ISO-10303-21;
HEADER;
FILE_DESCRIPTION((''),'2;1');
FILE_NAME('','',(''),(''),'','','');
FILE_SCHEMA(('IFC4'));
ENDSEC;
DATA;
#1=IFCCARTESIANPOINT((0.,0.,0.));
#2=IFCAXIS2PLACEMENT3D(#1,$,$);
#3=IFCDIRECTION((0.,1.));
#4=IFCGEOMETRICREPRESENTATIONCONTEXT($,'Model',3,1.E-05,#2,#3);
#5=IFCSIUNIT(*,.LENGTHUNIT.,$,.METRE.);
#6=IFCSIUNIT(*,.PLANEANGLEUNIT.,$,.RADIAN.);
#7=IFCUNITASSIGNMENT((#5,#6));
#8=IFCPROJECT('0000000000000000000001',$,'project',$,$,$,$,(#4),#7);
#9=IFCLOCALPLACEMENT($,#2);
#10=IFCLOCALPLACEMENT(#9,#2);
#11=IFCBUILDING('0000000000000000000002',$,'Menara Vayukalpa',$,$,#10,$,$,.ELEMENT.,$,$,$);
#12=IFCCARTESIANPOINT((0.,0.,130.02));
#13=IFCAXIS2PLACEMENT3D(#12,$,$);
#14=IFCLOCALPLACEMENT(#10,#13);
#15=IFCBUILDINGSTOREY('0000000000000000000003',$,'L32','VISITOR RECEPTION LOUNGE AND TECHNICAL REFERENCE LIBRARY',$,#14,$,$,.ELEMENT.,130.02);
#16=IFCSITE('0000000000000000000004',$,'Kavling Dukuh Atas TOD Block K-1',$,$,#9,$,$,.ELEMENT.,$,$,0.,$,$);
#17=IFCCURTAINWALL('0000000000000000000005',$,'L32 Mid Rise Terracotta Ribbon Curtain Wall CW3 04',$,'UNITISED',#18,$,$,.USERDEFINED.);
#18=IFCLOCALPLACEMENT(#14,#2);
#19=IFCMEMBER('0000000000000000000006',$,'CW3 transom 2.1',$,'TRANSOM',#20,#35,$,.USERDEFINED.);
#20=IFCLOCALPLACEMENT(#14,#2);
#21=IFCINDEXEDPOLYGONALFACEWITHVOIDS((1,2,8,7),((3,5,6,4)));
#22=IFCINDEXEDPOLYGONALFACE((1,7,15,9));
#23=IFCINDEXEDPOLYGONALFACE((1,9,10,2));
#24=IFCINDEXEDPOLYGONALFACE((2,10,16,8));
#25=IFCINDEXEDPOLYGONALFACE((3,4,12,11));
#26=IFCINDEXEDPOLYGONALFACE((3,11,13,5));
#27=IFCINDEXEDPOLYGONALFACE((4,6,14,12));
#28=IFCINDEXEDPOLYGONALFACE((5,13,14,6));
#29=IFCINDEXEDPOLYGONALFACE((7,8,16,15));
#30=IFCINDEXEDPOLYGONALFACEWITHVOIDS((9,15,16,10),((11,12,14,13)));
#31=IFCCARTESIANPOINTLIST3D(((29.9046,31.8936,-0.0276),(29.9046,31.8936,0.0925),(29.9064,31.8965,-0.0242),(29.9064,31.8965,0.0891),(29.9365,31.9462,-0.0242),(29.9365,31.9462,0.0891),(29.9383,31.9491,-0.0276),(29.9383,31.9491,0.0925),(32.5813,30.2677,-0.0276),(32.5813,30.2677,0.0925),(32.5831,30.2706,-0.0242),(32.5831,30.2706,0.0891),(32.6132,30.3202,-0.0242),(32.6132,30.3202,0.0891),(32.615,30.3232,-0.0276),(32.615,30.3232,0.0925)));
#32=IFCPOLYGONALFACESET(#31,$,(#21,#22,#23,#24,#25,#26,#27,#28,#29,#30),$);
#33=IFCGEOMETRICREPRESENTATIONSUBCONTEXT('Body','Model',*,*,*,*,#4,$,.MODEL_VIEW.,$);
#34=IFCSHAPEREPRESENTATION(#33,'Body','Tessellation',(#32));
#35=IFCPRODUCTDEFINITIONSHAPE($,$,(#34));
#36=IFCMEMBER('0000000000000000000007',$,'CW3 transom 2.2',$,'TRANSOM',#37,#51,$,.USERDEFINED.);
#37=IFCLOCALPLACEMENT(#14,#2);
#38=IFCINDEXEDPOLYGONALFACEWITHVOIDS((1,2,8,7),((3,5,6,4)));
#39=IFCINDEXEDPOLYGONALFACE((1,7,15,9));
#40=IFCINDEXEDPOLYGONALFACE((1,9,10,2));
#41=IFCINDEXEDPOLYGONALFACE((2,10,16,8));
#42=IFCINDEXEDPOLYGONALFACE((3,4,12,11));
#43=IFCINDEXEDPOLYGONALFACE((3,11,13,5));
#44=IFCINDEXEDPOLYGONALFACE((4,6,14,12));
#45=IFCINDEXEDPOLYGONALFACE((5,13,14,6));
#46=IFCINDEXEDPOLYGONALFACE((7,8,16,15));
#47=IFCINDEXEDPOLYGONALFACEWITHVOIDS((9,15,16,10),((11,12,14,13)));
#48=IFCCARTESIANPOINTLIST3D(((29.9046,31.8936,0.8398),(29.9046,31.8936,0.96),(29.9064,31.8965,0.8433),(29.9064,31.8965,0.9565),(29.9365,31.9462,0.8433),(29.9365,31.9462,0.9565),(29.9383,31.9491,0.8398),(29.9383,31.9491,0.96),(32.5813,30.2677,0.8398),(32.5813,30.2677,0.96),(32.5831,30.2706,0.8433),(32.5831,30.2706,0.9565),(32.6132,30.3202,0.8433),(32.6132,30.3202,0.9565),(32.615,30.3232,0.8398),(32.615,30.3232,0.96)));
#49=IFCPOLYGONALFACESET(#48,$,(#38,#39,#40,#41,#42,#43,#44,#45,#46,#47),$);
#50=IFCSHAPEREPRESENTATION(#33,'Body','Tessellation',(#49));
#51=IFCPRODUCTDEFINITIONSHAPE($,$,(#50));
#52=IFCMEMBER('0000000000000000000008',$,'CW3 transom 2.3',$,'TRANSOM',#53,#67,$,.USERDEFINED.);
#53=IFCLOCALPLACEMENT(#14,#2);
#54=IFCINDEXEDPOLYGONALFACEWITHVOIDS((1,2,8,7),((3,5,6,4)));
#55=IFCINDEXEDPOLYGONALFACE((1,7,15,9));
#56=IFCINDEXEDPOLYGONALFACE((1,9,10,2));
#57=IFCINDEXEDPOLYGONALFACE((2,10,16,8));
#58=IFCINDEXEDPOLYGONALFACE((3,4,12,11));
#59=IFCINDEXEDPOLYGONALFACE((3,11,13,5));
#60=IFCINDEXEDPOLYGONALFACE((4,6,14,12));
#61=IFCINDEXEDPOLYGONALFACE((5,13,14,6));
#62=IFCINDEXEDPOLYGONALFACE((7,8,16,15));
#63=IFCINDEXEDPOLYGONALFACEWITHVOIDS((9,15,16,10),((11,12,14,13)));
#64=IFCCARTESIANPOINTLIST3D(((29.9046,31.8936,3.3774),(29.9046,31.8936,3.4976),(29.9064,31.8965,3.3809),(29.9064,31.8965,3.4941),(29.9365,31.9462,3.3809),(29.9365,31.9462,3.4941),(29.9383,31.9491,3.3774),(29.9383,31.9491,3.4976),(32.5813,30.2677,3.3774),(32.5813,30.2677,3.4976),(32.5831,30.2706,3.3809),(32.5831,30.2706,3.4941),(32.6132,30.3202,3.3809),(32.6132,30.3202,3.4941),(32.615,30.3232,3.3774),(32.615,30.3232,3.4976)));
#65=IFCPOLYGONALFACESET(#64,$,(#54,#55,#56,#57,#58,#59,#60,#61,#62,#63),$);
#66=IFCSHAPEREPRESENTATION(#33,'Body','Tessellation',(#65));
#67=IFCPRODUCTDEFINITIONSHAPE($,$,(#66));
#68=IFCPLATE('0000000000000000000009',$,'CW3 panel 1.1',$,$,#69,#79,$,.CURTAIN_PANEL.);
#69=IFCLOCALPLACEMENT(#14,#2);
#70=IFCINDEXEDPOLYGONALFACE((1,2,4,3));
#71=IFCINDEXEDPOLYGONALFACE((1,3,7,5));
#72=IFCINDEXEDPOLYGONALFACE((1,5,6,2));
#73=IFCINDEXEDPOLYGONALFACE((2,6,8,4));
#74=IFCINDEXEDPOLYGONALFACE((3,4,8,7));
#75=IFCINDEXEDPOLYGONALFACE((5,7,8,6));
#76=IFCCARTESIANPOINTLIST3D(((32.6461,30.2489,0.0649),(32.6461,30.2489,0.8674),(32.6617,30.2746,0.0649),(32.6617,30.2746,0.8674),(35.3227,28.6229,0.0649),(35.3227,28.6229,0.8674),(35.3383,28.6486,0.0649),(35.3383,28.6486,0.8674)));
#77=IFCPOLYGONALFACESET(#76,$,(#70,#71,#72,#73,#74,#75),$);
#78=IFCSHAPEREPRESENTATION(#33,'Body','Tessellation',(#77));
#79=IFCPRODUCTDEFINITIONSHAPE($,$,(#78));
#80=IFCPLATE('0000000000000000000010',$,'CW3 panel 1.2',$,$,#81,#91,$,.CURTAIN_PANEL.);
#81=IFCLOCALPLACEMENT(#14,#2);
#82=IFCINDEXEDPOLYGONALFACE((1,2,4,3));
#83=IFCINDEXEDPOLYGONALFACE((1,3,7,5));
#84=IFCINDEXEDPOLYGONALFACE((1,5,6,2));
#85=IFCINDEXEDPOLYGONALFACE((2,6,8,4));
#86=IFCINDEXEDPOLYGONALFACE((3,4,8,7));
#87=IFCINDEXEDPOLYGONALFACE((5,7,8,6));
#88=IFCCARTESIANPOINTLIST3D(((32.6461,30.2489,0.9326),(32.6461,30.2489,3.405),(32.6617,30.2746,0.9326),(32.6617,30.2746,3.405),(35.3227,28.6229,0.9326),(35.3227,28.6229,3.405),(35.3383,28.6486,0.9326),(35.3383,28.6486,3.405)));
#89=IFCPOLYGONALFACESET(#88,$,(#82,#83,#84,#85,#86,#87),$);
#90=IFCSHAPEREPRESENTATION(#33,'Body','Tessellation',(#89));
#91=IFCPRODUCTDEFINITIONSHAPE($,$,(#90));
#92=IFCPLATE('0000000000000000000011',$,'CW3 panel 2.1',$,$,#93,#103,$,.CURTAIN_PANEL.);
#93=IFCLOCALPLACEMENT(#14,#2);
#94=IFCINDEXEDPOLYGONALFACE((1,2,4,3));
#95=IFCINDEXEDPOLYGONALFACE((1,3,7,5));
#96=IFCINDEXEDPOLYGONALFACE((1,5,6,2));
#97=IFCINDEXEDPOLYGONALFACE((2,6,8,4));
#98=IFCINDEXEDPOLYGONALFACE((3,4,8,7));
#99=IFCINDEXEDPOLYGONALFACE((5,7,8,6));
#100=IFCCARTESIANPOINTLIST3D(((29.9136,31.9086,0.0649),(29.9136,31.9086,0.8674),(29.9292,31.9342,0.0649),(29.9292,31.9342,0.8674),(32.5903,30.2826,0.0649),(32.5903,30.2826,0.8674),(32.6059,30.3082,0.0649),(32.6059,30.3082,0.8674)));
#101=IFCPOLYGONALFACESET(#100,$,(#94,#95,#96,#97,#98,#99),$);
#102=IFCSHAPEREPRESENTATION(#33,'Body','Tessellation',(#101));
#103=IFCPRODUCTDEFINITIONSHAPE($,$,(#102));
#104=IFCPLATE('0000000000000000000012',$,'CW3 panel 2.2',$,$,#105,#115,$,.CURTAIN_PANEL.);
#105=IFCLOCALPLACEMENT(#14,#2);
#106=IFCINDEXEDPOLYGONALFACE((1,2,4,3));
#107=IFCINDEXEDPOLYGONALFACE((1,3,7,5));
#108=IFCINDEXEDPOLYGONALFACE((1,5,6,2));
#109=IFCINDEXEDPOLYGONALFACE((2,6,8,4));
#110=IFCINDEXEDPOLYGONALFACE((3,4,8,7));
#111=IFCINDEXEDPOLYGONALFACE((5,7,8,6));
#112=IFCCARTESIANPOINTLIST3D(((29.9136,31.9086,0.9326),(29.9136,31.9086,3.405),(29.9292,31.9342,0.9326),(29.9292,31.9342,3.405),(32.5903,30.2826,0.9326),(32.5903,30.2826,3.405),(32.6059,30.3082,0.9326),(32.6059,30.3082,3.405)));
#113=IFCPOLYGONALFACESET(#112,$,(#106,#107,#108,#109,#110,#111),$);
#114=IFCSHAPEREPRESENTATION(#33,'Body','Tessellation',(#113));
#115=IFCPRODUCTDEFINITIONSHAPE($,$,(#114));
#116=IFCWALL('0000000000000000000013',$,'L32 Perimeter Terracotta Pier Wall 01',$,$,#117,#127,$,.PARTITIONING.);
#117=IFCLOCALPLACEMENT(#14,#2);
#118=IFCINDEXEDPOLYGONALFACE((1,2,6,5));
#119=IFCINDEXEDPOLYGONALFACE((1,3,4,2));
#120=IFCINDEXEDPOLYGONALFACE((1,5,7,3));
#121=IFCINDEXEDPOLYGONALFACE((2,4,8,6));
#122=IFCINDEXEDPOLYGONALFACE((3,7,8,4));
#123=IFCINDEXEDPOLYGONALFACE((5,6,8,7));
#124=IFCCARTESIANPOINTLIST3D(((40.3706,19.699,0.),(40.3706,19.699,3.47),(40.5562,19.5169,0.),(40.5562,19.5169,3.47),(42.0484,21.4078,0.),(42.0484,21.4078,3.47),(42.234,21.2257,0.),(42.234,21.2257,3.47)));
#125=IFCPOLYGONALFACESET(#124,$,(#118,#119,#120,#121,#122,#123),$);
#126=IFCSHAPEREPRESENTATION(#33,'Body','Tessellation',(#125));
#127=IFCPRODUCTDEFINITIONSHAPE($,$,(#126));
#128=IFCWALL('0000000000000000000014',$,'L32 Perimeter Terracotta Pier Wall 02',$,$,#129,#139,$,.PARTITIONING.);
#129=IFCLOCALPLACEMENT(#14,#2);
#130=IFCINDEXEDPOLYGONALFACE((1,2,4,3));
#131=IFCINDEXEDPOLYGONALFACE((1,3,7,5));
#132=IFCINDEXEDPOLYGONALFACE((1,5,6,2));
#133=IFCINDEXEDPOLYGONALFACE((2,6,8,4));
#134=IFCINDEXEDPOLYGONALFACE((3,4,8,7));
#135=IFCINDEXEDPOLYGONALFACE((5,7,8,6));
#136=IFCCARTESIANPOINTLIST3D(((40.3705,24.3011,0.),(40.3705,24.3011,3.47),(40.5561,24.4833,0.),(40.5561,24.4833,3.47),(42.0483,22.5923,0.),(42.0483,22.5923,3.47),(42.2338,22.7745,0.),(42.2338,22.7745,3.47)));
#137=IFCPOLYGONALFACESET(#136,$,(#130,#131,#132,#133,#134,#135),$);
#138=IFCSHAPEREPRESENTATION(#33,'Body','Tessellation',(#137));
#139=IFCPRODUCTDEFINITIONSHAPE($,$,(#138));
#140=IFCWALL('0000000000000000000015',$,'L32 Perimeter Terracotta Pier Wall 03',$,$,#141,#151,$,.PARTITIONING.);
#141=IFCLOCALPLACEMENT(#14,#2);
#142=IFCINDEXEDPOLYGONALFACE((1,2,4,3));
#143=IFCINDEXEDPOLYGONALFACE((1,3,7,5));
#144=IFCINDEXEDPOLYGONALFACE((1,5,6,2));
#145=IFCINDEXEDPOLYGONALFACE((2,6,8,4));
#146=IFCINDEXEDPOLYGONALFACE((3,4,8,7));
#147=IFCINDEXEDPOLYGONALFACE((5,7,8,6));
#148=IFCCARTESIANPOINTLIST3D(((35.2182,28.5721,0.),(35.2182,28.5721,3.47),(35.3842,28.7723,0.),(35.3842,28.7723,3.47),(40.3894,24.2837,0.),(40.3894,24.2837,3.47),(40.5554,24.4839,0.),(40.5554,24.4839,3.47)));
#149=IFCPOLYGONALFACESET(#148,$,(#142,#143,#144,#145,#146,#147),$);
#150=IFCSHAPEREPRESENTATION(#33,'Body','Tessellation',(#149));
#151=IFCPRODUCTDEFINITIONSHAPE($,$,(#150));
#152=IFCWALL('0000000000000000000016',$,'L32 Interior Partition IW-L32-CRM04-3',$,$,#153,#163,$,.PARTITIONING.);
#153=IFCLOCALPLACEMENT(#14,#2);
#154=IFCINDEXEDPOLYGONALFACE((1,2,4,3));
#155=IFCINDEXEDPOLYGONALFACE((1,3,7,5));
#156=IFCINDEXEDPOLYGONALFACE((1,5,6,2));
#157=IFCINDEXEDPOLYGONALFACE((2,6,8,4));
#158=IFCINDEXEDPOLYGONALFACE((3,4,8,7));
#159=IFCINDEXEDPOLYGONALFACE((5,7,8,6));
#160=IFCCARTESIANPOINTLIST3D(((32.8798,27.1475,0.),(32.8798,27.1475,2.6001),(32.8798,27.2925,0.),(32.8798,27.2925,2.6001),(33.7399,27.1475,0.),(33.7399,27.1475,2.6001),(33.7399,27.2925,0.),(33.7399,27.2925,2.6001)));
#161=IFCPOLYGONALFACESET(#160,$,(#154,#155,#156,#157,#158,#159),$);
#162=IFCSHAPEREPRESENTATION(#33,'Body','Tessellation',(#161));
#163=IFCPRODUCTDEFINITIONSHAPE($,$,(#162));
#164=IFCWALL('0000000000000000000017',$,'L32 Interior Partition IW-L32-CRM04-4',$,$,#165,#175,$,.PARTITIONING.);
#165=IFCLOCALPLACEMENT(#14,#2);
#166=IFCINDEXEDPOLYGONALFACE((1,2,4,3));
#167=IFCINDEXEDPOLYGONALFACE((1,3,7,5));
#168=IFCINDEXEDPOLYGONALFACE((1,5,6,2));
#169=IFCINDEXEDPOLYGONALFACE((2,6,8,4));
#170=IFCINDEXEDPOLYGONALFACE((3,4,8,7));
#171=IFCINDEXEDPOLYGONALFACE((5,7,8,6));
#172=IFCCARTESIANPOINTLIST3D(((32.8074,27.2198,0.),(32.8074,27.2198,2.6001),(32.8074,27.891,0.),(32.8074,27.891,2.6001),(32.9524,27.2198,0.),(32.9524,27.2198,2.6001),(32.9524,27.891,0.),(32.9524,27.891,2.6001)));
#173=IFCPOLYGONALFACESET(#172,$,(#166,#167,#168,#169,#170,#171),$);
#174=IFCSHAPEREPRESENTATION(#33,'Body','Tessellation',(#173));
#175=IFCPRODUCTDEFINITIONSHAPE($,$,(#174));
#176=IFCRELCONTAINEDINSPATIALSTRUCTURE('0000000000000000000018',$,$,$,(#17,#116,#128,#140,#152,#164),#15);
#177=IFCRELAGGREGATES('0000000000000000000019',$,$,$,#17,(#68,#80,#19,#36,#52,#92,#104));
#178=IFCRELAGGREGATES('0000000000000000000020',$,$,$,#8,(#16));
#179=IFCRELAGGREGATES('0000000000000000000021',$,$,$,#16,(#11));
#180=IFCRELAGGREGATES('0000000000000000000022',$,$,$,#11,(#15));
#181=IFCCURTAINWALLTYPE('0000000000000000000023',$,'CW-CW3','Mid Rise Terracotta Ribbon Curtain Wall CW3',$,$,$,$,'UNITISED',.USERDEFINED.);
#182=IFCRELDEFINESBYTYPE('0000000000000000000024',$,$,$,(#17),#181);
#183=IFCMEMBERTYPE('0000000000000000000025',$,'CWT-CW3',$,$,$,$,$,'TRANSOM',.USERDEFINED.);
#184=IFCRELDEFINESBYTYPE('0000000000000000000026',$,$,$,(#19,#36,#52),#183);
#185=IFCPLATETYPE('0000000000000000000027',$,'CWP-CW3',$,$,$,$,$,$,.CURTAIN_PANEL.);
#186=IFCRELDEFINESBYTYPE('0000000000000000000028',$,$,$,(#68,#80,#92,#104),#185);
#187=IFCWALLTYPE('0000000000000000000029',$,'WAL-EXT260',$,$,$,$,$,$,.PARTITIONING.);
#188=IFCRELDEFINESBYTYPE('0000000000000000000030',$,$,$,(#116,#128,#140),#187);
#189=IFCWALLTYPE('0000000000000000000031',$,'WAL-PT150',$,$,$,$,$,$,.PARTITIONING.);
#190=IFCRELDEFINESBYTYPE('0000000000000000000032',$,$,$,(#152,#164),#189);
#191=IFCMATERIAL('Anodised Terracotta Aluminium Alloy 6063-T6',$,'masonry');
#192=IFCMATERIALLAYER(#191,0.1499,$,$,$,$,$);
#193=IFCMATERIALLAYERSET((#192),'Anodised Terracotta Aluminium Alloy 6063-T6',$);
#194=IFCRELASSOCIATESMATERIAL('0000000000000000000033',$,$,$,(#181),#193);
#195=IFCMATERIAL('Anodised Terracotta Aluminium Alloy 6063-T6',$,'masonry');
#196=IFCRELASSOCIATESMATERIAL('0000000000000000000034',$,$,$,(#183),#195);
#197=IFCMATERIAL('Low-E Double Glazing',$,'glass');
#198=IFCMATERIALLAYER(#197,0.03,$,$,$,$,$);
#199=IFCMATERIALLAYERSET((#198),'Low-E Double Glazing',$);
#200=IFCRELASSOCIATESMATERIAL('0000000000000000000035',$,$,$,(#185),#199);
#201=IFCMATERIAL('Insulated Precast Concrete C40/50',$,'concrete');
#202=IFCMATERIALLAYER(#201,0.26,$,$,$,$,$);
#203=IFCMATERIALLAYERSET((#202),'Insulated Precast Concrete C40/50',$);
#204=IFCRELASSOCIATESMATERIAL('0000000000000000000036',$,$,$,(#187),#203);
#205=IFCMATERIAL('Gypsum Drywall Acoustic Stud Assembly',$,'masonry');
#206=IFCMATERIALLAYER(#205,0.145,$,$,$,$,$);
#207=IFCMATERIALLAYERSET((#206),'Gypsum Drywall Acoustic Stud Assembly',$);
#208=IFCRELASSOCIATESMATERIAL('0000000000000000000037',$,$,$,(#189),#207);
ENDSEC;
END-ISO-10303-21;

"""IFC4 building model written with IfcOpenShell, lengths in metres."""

from ifc_helpers import new_model, si_unit, direction, frame, frame_2d, origin, origin_2d, place, context, subcontext, project, spatial, rectangle, hollow_rectangle, extrude, material, layer, layer_set, material_profile, profile_set, type_object, element, aggregate, save


model = new_model("IFC4")

# Units and contexts
model_context = context("Model", 3, precision=1e-05, world=origin(), true_north=direction((0.0, 1.0)))
body_context = subcontext(model_context, "Body", "Model", "MODEL_VIEW")
ifc_project = project(units=[si_unit("LENGTHUNIT", "METRE"), si_unit("PLANEANGLEUNIT", "RADIAN")], contexts=[model_context])

# Site, building, storey
site_placement = place(None, origin())
site = spatial("IfcSite", under=ifc_project, at=site_placement, Name="Kavling Dukuh Atas TOD Block K-1", CompositionType="ELEMENT", RefElevation=0.0)
building_placement = place(site_placement, origin())
building = spatial("IfcBuilding", under=site, at=building_placement, Name="Menara Vayukalpa", CompositionType="ELEMENT")
storey_placement = place(building_placement, frame((0.0, 0.0, 130.02)))
storey = spatial("IfcBuildingStorey", under=building, at=storey_placement, Name="L32", Description="VISITOR RECEPTION LOUNGE AND TECHNICAL REFERENCE LIBRARY", CompositionType="ELEMENT", Elevation=130.02)

# Curtain wall, members, plates
ifc_material_1 = material(Name="Anodised Terracotta Aluminium Alloy 6063-T6", Category="masonry")
ifc_layer_1 = layer(ifc_material_1, 0.1499)
ifc_layer_set_1 = layer_set([ifc_layer_1], Name="Anodised Terracotta Aluminium Alloy 6063-T6")
curtain_wall_type = type_object("IfcCurtainWallType", Name="CW-CW3", Description="Mid Rise Terracotta Ribbon Curtain Wall CW3", ElementType="UNITISED", PredefinedType="USERDEFINED", material=ifc_layer_set_1)
curtain_wall_placement = place(storey_placement, origin())
curtain_wall = element("IfcCurtainWall", 1, at=curtain_wall_placement, inside=storey, type_object=curtain_wall_type, Name="L32 Mid Rise Terracotta Ribbon Curtain Wall CW3 04", ObjectType="UNITISED", PredefinedType="USERDEFINED")
ifc_material_2 = material(Name="Anodised Terracotta Aluminium Alloy 6063-T6", Category="masonry")
ifc_material_profile_1 = material_profile(ifc_material_2, hollow_rectangle(XDim=0.0649, YDim=0.1201, WallThickness=0.0034, at=origin_2d()), Name="ALU 65x120x3.5")
ifc_profile_set_1 = profile_set([ifc_material_profile_1], Name="Anodised Terracotta Aluminium Alloy 6063-T6")
member_type_1 = type_object("IfcMemberType", Name="CWT-CW3", ElementType="TRANSOM", PredefinedType="USERDEFINED", material=ifc_profile_set_1)
member_1_placement = place(storey_placement, frame((32.5981, 30.2954, 0.0325), z_axis=(-0.854674, 0.519165, 0.0), x_axis=(-0.519165, -0.854674, 0.0)))
member_1 = element("IfcMember", 2, at=member_1_placement, type_object=member_type_1, Name="CW3 transom 2.1", ObjectType="TRANSOM", PredefinedType="USERDEFINED", context=body_context, shape_type="SweptSolid", body=[
    extrude(hollow_rectangle(XDim=0.0649, YDim=0.1201, WallThickness=0.0034, at=origin_2d()), origin(), (0.0, 0.0, 1.0), 3.1318),
])
member_2_placement = place(storey_placement, frame((32.5981, 30.2954, 0.8999), z_axis=(-0.854674, 0.519165, 0.0), x_axis=(-0.519165, -0.854674, 0.0)))
member_2 = element("IfcMember", 3, at=member_2_placement, type_object=member_type_1, Name="CW3 transom 2.2", ObjectType="TRANSOM", PredefinedType="USERDEFINED", context=body_context, shape_type="SweptSolid", body=[
    extrude(hollow_rectangle(XDim=0.0649, YDim=0.1201, WallThickness=0.0034, at=origin_2d()), origin(), (0.0, 0.0, 1.0), 3.1318),
])
member_3_placement = place(storey_placement, frame((32.5981, 30.2954, 3.4375), z_axis=(-0.854674, 0.519165, 0.0), x_axis=(-0.519165, -0.854674, 0.0)))
member_3 = element("IfcMember", 4, at=member_3_placement, type_object=member_type_1, Name="CW3 transom 2.3", ObjectType="TRANSOM", PredefinedType="USERDEFINED", context=body_context, shape_type="SweptSolid", body=[
    extrude(hollow_rectangle(XDim=0.0649, YDim=0.1201, WallThickness=0.0034, at=origin_2d()), origin(), (0.0, 0.0, 1.0), 3.1318),
])
ifc_material_3 = material(Name="Low-E Double Glazing", Category="glass")
ifc_layer_2 = layer(ifc_material_3, 0.03)
ifc_layer_set_2 = layer_set([ifc_layer_2], Name="Low-E Double Glazing")
plate_type = type_object("IfcPlateType", Name="CWP-CW3", PredefinedType="CURTAIN_PANEL", material=ifc_layer_set_2)
plate_1_placement = place(storey_placement, frame((33.9922, 29.4487, 0.0649), z_axis=(0.0, 0.0, 1.0), x_axis=(-0.854663, 0.519183, 0.0)))
plate_1 = element("IfcPlate", 5, at=plate_1_placement, type_object=plate_type, Name="CW3 panel 1.1", PredefinedType="CURTAIN_PANEL", context=body_context, shape_type="SweptSolid", body=[
    extrude(rectangle(XDim=3.1318, YDim=0.03, at=origin_2d()), origin(), (0.0, 0.0, 1.0), 0.8025),
])
plate_2_placement = place(storey_placement, frame((33.9922, 29.4487, 0.9326), z_axis=(0.0, 0.0, 1.0), x_axis=(-0.854663, 0.519183, 0.0)))
plate_2 = element("IfcPlate", 6, at=plate_2_placement, type_object=plate_type, Name="CW3 panel 1.2", PredefinedType="CURTAIN_PANEL", context=body_context, shape_type="SweptSolid", body=[
    extrude(rectangle(XDim=3.1318, YDim=0.03, at=origin_2d()), origin(), (0.0, 0.0, 1.0), 2.4724),
])
plate_3_placement = place(storey_placement, frame((31.2598, 31.1084, 0.0649), z_axis=(0.0, 0.0, 1.0), x_axis=(-0.854663, 0.519183, 0.0)))
plate_3 = element("IfcPlate", 7, at=plate_3_placement, type_object=plate_type, Name="CW3 panel 2.1", PredefinedType="CURTAIN_PANEL", context=body_context, shape_type="SweptSolid", body=[
    extrude(rectangle(XDim=3.1318, YDim=0.03, at=origin_2d()), origin(), (0.0, 0.0, 1.0), 0.8025),
])
plate_4_placement = place(storey_placement, frame((31.2598, 31.1084, 0.9326), z_axis=(0.0, 0.0, 1.0), x_axis=(-0.854663, 0.519183, 0.0)))
plate_4 = element("IfcPlate", 8, at=plate_4_placement, type_object=plate_type, Name="CW3 panel 2.2", PredefinedType="CURTAIN_PANEL", context=body_context, shape_type="SweptSolid", body=[
    extrude(rectangle(XDim=3.1318, YDim=0.03, at=origin_2d()), origin(), (0.0, 0.0, 1.0), 2.4724),
])
aggregate(curtain_wall, [plate_1, plate_2, member_1, member_2, member_3, plate_3, plate_4])

# Walls
ifc_material_4 = material(Name="Insulated Precast Concrete C40/50", Category="concrete")
ifc_layer_3 = layer(ifc_material_4, 0.26)
ifc_layer_set_3 = layer_set([ifc_layer_3], Name="Insulated Precast Concrete C40/50")
wall_type_1 = type_object("IfcWallType", Name="WAL-EXT260", PredefinedType="PARTITIONING", material=ifc_layer_set_3)
for number, where, z_axis, x_axis, name in (
    (9, (42.1411, 21.3167, 0.0), (0.0, 0.0, 1.0), (-0.700603, -0.713551, 0.0), "L32 Perimeter Terracotta Pier Wall 01"),
    (10, (40.4634, 24.3921, 0.0), (0.0, 0.0, 1.0), (0.700603, -0.713551, 0.0), "L32 Perimeter Terracotta Pier Wall 02"),
):
    element("IfcWall", number, at=place(storey_placement, frame(where, z_axis=z_axis, x_axis=x_axis)), inside=storey, type_object=wall_type_1, Name=name, PredefinedType="PARTITIONING", context=body_context, shape_type="SweptSolid", body=[
        extrude(rectangle(XDim=2.3948, YDim=0.26, at=frame_2d((1.1973, 0.0))), origin(), (0.0, 0.0, 1.0), 3.47),
    ])
wall_1_placement = place(storey_placement, frame((35.3013, 28.6721, 0.0), z_axis=(0.0, 0.0, 1.0), x_axis=(0.769753, -0.638342, 0.0)))
element("IfcWall", 11, at=wall_1_placement, inside=storey, type_object=wall_type_1, Name="L32 Perimeter Terracotta Pier Wall 03", PredefinedType="PARTITIONING", context=body_context, shape_type="SweptSolid", body=[
    extrude(rectangle(XDim=6.718, YDim=0.26, at=frame_2d((3.3589, 0.0))), origin(), (0.0, 0.0, 1.0), 3.47),
])
ifc_material_5 = material(Name="Gypsum Drywall Acoustic Stud Assembly", Category="masonry")
ifc_layer_4 = layer(ifc_material_5, 0.145)
ifc_layer_set_4 = layer_set([ifc_layer_4], Name="Gypsum Drywall Acoustic Stud Assembly")
wall_type_2 = type_object("IfcWallType", Name="WAL-PT150", PredefinedType="PARTITIONING", material=ifc_layer_set_4)
wall_2_placement = place(storey_placement, frame((33.74, 27.22, 0.0), z_axis=(0.0, 0.0, 1.0), x_axis=(-1.0, 0.0, 0.0)))
element("IfcWall", 12, at=wall_2_placement, inside=storey, type_object=wall_type_2, Name="L32 Interior Partition IW-L32-CRM04-3", PredefinedType="PARTITIONING", context=body_context, shape_type="SweptSolid", body=[
    extrude(rectangle(XDim=0.8601, YDim=0.145, at=frame_2d((0.4302, 0.0))), origin(), (0.0, 0.0, 1.0), 2.6001),
])
wall_3_placement = place(storey_placement, frame((32.8799, 27.22, 0.0), z_axis=(0.0, 0.0, 1.0), x_axis=(0.0, 1.0, 0.0)))
element("IfcWall", 13, at=wall_3_placement, inside=storey, type_object=wall_type_2, Name="L32 Interior Partition IW-L32-CRM04-4", PredefinedType="PARTITIONING", context=body_context, shape_type="SweptSolid", body=[
    extrude(rectangle(XDim=0.6711, YDim=0.145, at=frame_2d((0.3354, 0.0))), origin(), (0.0, 0.0, 1.0), 2.6001),
])

save(model, "model.ifc")
